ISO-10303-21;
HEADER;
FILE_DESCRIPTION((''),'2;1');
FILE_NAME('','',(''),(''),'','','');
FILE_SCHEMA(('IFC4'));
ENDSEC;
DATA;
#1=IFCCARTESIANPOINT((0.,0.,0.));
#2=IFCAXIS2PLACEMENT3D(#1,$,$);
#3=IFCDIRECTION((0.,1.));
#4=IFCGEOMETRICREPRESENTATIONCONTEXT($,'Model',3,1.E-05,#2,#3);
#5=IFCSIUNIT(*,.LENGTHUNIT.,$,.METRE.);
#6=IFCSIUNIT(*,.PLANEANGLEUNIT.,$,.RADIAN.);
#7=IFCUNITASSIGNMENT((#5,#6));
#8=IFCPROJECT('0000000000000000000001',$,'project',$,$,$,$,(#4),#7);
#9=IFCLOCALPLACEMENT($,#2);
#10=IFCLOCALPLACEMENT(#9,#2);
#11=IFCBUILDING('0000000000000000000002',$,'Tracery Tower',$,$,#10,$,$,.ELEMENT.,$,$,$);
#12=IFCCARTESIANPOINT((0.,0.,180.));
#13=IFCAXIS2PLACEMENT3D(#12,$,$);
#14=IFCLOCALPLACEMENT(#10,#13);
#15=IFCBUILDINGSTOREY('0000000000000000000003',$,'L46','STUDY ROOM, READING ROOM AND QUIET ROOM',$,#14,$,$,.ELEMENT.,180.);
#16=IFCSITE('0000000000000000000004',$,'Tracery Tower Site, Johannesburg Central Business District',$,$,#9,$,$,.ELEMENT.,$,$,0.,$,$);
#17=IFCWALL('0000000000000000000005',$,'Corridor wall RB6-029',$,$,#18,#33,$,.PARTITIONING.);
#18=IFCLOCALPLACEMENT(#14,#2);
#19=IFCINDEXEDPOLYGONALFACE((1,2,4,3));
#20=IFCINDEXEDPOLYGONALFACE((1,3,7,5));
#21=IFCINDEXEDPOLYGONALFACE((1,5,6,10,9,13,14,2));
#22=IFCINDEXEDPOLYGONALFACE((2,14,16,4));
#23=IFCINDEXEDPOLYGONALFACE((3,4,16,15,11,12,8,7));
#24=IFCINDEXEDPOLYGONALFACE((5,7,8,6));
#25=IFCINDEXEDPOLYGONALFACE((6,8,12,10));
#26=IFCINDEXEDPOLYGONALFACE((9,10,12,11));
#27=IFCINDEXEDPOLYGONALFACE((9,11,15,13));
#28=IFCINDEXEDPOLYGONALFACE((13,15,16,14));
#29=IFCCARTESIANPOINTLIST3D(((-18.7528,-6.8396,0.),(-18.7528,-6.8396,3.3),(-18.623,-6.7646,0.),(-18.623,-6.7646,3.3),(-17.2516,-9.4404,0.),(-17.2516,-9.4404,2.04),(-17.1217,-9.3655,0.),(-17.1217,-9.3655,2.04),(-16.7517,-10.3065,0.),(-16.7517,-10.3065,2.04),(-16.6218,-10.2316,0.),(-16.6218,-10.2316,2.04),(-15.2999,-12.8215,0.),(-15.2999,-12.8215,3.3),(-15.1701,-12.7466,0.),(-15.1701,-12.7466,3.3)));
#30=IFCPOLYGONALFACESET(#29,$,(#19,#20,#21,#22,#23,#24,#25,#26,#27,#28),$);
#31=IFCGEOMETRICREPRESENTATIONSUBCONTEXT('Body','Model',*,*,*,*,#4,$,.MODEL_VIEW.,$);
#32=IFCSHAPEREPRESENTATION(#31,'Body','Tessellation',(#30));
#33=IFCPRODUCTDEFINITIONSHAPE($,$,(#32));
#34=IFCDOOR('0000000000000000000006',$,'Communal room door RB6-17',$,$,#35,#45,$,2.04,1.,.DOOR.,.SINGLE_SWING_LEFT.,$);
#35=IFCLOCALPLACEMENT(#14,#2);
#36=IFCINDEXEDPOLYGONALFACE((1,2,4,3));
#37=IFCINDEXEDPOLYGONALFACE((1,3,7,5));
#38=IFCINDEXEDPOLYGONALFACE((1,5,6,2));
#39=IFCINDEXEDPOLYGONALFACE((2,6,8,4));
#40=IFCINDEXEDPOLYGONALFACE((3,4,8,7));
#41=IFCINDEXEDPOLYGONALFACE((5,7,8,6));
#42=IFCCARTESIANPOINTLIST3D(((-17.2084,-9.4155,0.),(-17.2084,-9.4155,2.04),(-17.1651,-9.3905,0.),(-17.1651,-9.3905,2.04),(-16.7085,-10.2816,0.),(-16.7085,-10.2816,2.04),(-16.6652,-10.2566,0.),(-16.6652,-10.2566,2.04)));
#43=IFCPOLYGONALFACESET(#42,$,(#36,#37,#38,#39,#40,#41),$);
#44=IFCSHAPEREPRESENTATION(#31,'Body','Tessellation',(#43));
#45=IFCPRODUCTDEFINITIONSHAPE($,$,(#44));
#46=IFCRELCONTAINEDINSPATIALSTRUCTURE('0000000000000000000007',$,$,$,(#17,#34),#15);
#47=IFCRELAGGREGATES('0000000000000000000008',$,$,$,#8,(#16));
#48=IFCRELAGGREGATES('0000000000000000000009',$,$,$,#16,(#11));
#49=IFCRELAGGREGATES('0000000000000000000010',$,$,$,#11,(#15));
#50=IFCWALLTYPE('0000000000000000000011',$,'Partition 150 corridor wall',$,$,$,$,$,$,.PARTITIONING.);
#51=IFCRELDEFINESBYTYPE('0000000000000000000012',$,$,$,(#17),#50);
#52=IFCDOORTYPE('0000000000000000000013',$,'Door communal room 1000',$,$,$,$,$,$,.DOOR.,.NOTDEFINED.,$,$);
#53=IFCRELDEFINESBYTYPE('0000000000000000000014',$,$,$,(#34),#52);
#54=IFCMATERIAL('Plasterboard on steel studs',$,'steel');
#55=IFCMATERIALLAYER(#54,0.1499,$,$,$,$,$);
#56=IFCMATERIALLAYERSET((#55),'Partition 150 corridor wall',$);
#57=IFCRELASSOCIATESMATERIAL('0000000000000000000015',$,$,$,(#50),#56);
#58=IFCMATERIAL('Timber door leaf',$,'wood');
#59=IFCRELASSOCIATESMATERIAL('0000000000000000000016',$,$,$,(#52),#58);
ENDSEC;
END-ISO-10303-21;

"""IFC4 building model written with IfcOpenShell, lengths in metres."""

from ifc_helpers import new_model, si_unit, direction, frame, frame_2d, origin, place, context, subcontext, project, spatial, rectangle, extrude, material, layer, layer_set, type_object, element, fill, save


model = new_model("IFC4")

# Units and contexts
model_context = context("Model", 3, precision=1e-05, world=origin(), true_north=direction((0.0, 1.0)))
body_context = subcontext(model_context, "Body", "Model", "MODEL_VIEW")
ifc_project = project(units=[si_unit("LENGTHUNIT", "METRE"), si_unit("PLANEANGLEUNIT", "RADIAN")], contexts=[model_context])

# Site, building, storey
site_placement = place(None, origin())
site = spatial("IfcSite", under=ifc_project, at=site_placement, Name="Tracery Tower Site, Johannesburg Central Business District", CompositionType="ELEMENT", RefElevation=0.0)
building_placement = place(site_placement, origin())
building = spatial("IfcBuilding", under=site, at=building_placement, Name="Tracery Tower", CompositionType="ELEMENT")
storey_placement = place(building_placement, frame((0.0, 0.0, 180.0)))
storey = spatial("IfcBuildingStorey", under=building, at=storey_placement, Name="L46", Description="STUDY ROOM, READING ROOM AND QUIET ROOM", CompositionType="ELEMENT", Elevation=180.0)

# Shared definitions
ifc_material_1 = material(Name="Plasterboard on steel studs", Category="steel")
ifc_layer_1 = layer(ifc_material_1, 0.1499)
ifc_layer_set_1 = layer_set([ifc_layer_1], Name="Partition 150 corridor wall")
wall_type_1 = type_object("IfcWallType", Name="Partition 150 corridor wall", PredefinedType="PARTITIONING", material=ifc_layer_set_1)

# Wall, opening, door
wall_1_placement = place(storey_placement, frame((-18.688, -6.802, 0.0), z_axis=(0.0, 0.0, 1.0), x_axis=(0.499914, -0.866075, 0.0)))
wall_1 = element("IfcWall", 1, at=wall_1_placement, inside=storey, type_object=wall_type_1, Name="Corridor wall RB6-029", PredefinedType="PARTITIONING", context=body_context, shape_type="SweptSolid", body=[
    extrude(rectangle(XDim=6.907, YDim=0.1499, at=frame_2d((3.4536, 0.0))), origin(), (0.0, 0.0, 1.0), 3.3),
])
opening_1_placement = place(wall_1_placement, frame((3.0032, 0.0, 0.0)))
opening_1 = element("IfcOpeningElement", 2, at=opening_1_placement, cuts=wall_1, PredefinedType="OPENING", context=body_context, shape_type="SweptSolid", body=[
    extrude(rectangle(XDim=1.0, YDim=2.04, at=frame_2d((0.5, 1.02))), frame((0.0, 0.075, 0.0), z_axis=(0.0, -1.0, 0.0), x_axis=(1.0, 0.0, 0.0)), (0.0, 0.0, 1.0), 0.1499),
])
ifc_material_2 = material(Name="Timber door leaf", Category="wood")
door_type_1 = type_object("IfcDoorType", Name="Door communal room 1000", OperationType="NOTDEFINED", PredefinedType="DOOR", material=ifc_material_2)
door_1_placement = place(opening_1_placement, origin())
door_1 = element("IfcDoor", 3, at=door_1_placement, inside=storey, type_object=door_type_1, Name="Communal room door RB6-17", OperationType="SINGLE_SWING_LEFT", OverallHeight=2.04, OverallWidth=1.0, PredefinedType="DOOR", context=body_context, shape_type="SweptSolid", body=[
    extrude(rectangle(XDim=1.0, YDim=2.04, at=frame_2d((0.5, 1.02))), frame((0.0, 0.0249, 0.0), z_axis=(0.0, -1.0, 0.0), x_axis=(1.0, 0.0, 0.0)), (0.0, 0.0, 1.0), 0.05),
])
fill(opening_1, door_1)

save(model, "model.ifc")
